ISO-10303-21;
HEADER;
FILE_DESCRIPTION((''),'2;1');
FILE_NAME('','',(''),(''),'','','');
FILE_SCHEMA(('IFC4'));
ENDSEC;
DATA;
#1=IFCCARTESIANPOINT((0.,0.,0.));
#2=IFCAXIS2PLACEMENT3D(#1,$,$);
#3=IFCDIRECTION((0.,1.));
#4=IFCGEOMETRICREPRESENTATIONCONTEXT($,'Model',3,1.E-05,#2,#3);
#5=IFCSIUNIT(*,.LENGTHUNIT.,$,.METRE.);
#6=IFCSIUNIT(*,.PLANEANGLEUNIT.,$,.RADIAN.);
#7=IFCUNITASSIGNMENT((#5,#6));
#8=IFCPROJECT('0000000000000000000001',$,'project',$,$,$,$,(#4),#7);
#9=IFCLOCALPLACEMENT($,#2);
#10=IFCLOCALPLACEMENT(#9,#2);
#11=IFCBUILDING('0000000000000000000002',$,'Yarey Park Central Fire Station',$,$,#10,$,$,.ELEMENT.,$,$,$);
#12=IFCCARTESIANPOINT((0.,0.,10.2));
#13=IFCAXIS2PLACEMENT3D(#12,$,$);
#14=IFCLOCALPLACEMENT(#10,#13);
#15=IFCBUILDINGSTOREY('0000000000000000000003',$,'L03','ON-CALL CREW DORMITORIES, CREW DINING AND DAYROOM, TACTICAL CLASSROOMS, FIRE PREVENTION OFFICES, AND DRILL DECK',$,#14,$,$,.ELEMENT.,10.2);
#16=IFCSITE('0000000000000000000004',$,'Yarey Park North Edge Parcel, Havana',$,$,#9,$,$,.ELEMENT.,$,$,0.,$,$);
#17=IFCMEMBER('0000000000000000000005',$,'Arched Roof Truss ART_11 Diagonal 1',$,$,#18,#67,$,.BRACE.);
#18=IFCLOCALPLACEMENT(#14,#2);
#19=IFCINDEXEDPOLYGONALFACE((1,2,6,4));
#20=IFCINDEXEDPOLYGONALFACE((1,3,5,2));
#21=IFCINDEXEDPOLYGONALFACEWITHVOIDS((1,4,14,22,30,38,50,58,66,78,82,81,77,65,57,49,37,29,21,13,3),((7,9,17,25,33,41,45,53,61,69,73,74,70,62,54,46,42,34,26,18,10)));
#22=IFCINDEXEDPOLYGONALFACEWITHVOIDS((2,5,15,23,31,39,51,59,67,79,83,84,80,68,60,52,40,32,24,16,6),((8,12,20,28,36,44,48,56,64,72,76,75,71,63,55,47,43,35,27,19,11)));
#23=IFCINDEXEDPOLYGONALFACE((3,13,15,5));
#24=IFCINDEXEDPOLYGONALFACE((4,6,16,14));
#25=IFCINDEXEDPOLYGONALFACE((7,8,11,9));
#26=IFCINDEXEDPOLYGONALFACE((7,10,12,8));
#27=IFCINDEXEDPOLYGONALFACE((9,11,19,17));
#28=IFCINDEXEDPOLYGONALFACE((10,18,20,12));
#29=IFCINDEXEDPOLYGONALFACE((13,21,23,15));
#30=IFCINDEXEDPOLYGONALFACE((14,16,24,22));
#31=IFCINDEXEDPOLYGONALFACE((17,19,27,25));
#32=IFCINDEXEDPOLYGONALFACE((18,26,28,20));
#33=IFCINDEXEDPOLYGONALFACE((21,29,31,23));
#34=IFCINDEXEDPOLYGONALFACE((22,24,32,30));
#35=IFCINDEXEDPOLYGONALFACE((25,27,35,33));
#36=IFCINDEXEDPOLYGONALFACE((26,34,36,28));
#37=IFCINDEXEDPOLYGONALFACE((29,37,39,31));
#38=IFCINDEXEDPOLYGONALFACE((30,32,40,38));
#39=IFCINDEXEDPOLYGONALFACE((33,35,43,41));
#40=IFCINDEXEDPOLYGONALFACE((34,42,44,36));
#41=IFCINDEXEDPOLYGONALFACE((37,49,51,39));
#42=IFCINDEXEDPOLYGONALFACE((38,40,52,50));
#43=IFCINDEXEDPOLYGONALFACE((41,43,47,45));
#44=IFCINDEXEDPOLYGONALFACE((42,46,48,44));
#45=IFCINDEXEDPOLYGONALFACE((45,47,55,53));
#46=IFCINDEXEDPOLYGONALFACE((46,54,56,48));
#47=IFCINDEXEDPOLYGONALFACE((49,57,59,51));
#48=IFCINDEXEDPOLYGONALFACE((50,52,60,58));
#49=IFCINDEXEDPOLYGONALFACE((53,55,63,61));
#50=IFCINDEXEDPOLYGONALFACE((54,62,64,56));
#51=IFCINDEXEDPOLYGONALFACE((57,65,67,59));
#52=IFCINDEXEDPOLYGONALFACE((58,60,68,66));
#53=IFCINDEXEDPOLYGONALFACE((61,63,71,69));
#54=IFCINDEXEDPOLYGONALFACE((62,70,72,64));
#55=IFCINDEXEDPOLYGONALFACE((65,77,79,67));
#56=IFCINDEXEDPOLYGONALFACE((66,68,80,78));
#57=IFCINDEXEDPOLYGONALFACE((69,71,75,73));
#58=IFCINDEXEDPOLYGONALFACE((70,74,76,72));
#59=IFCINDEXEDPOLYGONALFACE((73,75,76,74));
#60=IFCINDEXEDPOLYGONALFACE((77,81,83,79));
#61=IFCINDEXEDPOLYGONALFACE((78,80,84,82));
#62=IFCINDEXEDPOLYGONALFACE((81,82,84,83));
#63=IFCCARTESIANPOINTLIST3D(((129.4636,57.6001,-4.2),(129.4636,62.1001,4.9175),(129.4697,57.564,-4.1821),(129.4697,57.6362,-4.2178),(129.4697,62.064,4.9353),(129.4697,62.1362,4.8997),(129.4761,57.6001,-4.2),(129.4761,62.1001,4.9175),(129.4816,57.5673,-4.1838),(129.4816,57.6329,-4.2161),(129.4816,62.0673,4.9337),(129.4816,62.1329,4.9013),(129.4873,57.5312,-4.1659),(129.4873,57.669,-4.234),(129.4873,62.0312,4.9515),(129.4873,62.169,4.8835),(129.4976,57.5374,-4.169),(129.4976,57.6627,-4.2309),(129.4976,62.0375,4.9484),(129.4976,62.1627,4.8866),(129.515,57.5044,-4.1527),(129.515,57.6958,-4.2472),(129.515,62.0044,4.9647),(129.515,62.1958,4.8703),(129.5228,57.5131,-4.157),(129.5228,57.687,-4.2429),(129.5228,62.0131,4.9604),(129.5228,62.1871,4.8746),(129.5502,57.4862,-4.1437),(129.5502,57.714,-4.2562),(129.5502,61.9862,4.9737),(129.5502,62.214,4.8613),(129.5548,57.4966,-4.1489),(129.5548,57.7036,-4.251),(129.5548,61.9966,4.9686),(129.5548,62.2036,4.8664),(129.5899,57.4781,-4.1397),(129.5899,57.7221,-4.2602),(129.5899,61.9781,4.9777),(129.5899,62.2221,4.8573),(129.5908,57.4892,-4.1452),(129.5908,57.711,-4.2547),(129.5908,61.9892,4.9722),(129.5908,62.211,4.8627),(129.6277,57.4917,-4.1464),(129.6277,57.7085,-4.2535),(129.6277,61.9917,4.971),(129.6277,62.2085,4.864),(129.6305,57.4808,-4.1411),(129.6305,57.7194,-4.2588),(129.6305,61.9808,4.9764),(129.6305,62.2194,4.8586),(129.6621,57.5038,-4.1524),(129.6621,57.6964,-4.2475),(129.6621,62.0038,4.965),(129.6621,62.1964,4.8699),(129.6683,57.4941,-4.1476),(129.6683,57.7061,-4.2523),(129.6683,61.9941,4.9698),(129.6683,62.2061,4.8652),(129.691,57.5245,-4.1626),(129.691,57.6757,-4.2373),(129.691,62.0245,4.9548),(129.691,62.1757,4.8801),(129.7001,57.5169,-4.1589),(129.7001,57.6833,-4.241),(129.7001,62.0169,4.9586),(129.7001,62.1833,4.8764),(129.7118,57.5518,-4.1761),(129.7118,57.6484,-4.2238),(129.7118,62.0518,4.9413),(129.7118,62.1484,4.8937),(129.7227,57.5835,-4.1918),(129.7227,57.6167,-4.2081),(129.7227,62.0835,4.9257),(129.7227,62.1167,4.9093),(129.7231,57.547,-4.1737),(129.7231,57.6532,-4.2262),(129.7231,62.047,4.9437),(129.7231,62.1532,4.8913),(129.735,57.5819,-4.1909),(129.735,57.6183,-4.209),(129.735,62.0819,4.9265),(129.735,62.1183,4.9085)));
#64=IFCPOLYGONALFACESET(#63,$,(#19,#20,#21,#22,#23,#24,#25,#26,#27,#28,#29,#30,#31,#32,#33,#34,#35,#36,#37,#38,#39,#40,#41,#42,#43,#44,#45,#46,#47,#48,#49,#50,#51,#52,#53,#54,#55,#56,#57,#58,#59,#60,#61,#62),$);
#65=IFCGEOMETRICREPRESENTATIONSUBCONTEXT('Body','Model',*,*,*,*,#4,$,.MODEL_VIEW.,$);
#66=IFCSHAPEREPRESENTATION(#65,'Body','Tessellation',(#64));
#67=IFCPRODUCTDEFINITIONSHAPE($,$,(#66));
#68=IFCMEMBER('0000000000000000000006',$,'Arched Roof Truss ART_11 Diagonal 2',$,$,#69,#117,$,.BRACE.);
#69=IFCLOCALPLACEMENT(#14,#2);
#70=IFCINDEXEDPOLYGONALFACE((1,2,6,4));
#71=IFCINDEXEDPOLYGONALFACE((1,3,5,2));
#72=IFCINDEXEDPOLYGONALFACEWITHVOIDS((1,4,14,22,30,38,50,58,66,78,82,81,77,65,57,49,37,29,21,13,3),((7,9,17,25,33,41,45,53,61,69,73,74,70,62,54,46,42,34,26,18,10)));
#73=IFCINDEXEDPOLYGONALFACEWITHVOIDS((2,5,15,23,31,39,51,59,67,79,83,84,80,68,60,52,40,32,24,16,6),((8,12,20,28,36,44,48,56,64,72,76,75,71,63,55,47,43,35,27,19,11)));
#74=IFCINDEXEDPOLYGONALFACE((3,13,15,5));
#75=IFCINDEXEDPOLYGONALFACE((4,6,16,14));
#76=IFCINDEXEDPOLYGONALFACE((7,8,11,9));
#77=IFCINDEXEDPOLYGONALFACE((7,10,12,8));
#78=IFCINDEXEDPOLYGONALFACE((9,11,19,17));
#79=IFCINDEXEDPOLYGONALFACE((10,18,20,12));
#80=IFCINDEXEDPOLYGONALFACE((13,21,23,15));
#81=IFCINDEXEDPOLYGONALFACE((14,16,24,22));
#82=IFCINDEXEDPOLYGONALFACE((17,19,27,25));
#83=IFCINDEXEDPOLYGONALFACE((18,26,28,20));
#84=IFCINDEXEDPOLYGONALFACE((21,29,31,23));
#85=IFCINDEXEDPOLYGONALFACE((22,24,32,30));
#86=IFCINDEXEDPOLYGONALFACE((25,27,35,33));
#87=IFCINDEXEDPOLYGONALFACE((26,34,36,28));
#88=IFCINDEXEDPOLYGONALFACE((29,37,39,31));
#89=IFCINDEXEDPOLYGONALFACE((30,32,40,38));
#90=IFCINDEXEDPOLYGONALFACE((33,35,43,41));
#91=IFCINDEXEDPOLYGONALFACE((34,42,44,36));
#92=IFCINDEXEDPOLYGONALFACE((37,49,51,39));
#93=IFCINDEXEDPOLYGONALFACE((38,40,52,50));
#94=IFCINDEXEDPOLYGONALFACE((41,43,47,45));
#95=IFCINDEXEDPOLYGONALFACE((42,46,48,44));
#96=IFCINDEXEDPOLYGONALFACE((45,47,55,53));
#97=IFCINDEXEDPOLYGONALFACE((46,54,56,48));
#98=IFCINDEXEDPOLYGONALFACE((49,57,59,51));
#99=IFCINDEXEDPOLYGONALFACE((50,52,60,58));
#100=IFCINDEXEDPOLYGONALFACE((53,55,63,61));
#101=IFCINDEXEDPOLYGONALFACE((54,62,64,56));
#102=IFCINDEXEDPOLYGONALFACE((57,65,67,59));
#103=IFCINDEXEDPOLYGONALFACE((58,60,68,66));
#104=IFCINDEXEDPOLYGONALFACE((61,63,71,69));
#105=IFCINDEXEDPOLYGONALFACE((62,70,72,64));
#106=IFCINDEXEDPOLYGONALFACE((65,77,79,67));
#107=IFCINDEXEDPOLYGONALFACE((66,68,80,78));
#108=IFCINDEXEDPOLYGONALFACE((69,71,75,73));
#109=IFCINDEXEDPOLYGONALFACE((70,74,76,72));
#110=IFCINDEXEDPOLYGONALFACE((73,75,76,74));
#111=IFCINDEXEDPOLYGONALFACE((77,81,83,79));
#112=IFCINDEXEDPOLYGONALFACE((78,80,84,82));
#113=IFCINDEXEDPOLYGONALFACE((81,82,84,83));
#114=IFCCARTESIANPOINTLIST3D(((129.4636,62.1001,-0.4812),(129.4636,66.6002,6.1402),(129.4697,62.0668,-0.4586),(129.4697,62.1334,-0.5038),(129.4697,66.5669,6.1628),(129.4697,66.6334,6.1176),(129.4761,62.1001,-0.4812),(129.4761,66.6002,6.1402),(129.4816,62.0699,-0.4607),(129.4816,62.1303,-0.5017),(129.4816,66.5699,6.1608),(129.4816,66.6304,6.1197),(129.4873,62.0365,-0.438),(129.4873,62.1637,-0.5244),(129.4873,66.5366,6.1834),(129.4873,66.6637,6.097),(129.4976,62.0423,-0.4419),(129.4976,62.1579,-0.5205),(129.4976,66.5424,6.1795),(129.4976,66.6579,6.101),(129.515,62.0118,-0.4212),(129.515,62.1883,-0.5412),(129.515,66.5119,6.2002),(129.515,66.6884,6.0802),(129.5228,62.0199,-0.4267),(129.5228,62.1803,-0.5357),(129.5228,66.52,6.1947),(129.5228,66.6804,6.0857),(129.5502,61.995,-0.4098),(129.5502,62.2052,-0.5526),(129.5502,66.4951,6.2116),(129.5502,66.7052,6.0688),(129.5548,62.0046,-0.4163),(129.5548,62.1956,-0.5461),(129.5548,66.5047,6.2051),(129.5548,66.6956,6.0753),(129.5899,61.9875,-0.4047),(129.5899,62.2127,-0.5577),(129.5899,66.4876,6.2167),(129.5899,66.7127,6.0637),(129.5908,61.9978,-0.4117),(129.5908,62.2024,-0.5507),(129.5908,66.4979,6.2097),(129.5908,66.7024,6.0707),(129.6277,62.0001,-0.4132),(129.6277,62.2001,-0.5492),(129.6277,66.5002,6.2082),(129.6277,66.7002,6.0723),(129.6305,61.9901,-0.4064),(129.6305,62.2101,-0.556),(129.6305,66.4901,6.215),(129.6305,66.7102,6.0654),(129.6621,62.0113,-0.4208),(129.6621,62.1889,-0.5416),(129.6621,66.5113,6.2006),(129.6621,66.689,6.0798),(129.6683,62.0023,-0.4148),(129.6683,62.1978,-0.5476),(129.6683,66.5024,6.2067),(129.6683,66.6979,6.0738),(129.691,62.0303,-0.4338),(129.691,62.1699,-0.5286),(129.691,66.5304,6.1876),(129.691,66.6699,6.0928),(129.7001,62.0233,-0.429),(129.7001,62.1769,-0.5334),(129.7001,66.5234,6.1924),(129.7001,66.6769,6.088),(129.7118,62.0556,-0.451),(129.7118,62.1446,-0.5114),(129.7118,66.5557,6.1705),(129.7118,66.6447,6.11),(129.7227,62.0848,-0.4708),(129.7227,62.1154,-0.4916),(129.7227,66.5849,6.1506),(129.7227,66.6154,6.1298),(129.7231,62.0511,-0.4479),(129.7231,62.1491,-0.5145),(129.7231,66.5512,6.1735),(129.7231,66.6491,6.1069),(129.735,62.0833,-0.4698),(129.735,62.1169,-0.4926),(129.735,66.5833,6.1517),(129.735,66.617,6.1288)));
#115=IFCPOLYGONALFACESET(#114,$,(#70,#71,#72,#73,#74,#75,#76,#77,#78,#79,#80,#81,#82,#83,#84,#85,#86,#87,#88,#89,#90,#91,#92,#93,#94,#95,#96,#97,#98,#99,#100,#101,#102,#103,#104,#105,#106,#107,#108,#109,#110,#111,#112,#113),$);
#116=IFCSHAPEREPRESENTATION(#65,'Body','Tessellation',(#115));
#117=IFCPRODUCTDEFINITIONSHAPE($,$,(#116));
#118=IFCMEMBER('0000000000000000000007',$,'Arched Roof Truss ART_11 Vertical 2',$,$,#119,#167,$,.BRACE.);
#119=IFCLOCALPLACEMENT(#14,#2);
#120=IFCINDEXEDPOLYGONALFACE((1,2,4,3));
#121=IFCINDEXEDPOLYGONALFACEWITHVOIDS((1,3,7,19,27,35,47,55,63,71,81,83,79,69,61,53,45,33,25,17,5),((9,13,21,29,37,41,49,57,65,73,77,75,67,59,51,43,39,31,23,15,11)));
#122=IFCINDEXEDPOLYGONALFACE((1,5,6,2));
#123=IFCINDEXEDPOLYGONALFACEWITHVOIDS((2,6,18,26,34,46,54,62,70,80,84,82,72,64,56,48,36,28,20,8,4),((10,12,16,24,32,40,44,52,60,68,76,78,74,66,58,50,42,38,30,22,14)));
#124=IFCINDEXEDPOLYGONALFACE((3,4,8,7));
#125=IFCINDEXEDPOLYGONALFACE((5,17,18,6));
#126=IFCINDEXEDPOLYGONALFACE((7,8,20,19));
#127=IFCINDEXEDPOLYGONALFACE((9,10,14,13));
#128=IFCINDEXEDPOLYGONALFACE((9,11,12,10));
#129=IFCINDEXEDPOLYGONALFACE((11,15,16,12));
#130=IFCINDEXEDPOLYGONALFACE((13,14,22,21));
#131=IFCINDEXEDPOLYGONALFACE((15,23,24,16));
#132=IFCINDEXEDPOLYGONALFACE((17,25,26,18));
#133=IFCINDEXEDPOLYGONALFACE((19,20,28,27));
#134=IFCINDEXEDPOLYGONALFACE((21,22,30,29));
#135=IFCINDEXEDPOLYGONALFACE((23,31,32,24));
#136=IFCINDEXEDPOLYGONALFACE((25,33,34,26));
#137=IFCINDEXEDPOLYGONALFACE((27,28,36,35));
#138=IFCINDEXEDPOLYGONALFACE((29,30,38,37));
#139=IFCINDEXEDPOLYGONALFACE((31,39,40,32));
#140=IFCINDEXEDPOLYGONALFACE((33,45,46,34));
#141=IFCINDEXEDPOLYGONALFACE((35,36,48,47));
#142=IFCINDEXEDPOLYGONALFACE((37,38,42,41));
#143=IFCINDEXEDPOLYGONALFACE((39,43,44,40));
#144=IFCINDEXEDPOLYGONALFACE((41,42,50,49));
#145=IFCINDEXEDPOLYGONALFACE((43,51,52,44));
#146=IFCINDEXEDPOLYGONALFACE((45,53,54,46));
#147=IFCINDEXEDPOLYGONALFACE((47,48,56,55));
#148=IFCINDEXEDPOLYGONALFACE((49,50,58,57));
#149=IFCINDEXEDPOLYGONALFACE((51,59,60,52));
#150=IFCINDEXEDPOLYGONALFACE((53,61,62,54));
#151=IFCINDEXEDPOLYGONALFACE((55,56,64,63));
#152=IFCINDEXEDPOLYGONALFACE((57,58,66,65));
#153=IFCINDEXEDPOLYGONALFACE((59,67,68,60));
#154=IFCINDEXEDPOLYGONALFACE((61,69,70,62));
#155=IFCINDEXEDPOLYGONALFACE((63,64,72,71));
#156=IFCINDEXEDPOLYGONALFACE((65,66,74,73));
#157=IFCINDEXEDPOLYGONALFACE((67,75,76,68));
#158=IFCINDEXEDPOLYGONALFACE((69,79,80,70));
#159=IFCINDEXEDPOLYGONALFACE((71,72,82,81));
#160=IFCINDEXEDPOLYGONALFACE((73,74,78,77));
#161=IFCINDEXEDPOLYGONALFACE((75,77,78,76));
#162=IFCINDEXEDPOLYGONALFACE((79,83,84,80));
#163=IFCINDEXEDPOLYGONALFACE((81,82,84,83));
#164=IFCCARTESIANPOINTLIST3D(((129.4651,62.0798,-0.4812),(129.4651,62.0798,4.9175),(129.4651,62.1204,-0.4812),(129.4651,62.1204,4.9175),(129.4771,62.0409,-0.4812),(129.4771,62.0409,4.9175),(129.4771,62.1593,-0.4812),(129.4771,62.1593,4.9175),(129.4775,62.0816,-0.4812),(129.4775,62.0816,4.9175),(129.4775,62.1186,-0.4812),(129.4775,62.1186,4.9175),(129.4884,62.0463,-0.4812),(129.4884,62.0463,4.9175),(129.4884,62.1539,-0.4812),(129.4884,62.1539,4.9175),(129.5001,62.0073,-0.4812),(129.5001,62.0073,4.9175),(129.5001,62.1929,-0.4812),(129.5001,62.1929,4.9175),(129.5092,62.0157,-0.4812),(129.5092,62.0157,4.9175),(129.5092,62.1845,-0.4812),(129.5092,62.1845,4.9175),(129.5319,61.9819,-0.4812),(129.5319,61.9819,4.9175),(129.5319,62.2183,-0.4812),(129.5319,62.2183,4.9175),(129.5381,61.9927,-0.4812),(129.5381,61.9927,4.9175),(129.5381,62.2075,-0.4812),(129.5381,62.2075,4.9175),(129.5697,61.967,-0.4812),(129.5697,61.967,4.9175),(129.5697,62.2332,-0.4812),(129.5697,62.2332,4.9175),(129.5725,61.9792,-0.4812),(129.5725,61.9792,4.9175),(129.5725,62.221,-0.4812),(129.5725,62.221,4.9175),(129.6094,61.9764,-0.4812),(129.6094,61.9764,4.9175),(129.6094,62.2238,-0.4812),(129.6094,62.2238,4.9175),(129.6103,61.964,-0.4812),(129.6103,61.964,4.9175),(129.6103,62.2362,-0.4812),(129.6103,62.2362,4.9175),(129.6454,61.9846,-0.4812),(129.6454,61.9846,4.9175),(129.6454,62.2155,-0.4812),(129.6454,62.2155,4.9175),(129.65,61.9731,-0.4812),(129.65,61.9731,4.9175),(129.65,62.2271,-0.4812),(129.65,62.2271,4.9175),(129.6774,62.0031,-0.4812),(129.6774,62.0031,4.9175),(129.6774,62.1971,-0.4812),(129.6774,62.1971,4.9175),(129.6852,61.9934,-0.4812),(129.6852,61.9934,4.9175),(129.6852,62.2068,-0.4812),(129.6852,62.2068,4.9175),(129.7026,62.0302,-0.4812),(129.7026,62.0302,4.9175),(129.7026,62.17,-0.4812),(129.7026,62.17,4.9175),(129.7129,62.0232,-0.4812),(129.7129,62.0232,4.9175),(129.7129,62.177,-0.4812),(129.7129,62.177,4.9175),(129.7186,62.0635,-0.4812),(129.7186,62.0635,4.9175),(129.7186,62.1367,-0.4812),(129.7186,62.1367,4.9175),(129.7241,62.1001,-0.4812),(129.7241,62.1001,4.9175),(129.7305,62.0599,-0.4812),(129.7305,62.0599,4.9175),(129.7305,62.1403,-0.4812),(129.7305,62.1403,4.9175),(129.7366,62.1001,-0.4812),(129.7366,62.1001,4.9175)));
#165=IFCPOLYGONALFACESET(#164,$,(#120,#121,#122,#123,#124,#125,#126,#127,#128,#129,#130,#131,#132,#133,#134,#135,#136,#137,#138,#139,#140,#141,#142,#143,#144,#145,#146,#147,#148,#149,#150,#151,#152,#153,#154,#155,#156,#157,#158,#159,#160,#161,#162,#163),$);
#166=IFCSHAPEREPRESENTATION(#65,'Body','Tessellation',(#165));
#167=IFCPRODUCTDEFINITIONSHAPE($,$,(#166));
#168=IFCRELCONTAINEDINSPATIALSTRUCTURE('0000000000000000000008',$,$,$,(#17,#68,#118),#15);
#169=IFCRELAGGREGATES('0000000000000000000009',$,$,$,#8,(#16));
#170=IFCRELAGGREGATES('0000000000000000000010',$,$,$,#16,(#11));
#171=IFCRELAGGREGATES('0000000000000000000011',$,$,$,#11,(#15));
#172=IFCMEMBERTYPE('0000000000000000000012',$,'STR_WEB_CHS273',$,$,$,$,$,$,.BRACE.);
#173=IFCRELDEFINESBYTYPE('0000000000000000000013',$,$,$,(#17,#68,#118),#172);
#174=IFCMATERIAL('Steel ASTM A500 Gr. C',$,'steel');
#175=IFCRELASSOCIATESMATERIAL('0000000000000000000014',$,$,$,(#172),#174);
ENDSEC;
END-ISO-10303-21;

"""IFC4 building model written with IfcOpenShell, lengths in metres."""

from ifc_helpers import new_model, si_unit, direction, frame, origin, origin_2d, place, context, subcontext, project, spatial, hollow_circle, extrude, material, material_profile, profile_set, type_object, element, save


model = new_model("IFC4")

# Units and contexts
model_context = context("Model", 3, precision=1e-05, world=origin(), true_north=direction((0.0, 1.0)))
body_context = subcontext(model_context, "Body", "Model", "MODEL_VIEW")
ifc_project = project(units=[si_unit("LENGTHUNIT", "METRE"), si_unit("PLANEANGLEUNIT", "RADIAN")], contexts=[model_context])

# Site, building, storey
site_placement = place(None, origin())
site = spatial("IfcSite", under=ifc_project, at=site_placement, Name="Yarey Park North Edge Parcel, Havana", CompositionType="ELEMENT", RefElevation=0.0)
building_placement = place(site_placement, origin())
building = spatial("IfcBuilding", under=site, at=building_placement, Name="Yarey Park Central Fire Station", CompositionType="ELEMENT")
storey_placement = place(building_placement, frame((0.0, 0.0, 10.2)))
storey = spatial("IfcBuildingStorey", under=building, at=storey_placement, Name="L03", Description="ON-CALL CREW DORMITORIES, CREW DINING AND DAYROOM, TACTICAL CLASSROOMS, FIRE PREVENTION OFFICES, AND DRILL DECK", CompositionType="ELEMENT", Elevation=10.2)

# Shared definitions
ifc_material_1 = material(Name="Steel ASTM A500 Gr. C", Category="steel")

# Members
ifc_material_profile_1 = material_profile(ifc_material_1, hollow_circle(Radius=0.1365, WallThickness=0.0125, at=origin_2d()), Name="CHS 273x12.5")
ifc_profile_set_1 = profile_set([ifc_material_profile_1], Name="Steel ASTM A500 Gr. C")
member_type_1 = type_object("IfcMemberType", Name="STR_WEB_CHS273", PredefinedType="BRACE", material=ifc_profile_set_1)
member_1_placement = place(storey_placement, frame((129.6001, 57.6001, -4.2), z_axis=(0.0, 0.442588, 0.896725), x_axis=(-1.0, 0.0, 0.0)))
element("IfcMember", 1, at=member_1_placement, inside=storey, type_object=member_type_1, Name="Arched Roof Truss ART_11 Diagonal 1", PredefinedType="BRACE", context=body_context, shape_type="SweptSolid", body=[
    extrude(hollow_circle(Radius=0.1365, WallThickness=0.0125, at=origin_2d()), origin(), (0.0, 0.0, 1.0), 10.1675),
])
member_2_placement = place(storey_placement, frame((129.6001, 62.1001, -0.4812), z_axis=(0.0, 0.562096, 0.827072), x_axis=(-1.0, 0.0, 0.0)))
element("IfcMember", 2, at=member_2_placement, inside=storey, type_object=member_type_1, Name="Arched Roof Truss ART_11 Diagonal 2", PredefinedType="BRACE", context=body_context, shape_type="SweptSolid", body=[
    extrude(hollow_circle(Radius=0.1365, WallThickness=0.0125, at=origin_2d()), origin(), (0.0, 0.0, 1.0), 8.0059),
])
member_3_placement = place(storey_placement, frame((129.6001, 62.1001, -0.4812), z_axis=(0.0, 0.0, 1.0), x_axis=(1.0, 0.0, 0.0)))
element("IfcMember", 3, at=member_3_placement, inside=storey, type_object=member_type_1, Name="Arched Roof Truss ART_11 Vertical 2", PredefinedType="BRACE", context=body_context, shape_type="SweptSolid", body=[
    extrude(hollow_circle(Radius=0.1365, WallThickness=0.0125, at=origin_2d()), origin(), (0.0, 0.0, 1.0), 5.3987),
])

save(model, "model.ifc")
